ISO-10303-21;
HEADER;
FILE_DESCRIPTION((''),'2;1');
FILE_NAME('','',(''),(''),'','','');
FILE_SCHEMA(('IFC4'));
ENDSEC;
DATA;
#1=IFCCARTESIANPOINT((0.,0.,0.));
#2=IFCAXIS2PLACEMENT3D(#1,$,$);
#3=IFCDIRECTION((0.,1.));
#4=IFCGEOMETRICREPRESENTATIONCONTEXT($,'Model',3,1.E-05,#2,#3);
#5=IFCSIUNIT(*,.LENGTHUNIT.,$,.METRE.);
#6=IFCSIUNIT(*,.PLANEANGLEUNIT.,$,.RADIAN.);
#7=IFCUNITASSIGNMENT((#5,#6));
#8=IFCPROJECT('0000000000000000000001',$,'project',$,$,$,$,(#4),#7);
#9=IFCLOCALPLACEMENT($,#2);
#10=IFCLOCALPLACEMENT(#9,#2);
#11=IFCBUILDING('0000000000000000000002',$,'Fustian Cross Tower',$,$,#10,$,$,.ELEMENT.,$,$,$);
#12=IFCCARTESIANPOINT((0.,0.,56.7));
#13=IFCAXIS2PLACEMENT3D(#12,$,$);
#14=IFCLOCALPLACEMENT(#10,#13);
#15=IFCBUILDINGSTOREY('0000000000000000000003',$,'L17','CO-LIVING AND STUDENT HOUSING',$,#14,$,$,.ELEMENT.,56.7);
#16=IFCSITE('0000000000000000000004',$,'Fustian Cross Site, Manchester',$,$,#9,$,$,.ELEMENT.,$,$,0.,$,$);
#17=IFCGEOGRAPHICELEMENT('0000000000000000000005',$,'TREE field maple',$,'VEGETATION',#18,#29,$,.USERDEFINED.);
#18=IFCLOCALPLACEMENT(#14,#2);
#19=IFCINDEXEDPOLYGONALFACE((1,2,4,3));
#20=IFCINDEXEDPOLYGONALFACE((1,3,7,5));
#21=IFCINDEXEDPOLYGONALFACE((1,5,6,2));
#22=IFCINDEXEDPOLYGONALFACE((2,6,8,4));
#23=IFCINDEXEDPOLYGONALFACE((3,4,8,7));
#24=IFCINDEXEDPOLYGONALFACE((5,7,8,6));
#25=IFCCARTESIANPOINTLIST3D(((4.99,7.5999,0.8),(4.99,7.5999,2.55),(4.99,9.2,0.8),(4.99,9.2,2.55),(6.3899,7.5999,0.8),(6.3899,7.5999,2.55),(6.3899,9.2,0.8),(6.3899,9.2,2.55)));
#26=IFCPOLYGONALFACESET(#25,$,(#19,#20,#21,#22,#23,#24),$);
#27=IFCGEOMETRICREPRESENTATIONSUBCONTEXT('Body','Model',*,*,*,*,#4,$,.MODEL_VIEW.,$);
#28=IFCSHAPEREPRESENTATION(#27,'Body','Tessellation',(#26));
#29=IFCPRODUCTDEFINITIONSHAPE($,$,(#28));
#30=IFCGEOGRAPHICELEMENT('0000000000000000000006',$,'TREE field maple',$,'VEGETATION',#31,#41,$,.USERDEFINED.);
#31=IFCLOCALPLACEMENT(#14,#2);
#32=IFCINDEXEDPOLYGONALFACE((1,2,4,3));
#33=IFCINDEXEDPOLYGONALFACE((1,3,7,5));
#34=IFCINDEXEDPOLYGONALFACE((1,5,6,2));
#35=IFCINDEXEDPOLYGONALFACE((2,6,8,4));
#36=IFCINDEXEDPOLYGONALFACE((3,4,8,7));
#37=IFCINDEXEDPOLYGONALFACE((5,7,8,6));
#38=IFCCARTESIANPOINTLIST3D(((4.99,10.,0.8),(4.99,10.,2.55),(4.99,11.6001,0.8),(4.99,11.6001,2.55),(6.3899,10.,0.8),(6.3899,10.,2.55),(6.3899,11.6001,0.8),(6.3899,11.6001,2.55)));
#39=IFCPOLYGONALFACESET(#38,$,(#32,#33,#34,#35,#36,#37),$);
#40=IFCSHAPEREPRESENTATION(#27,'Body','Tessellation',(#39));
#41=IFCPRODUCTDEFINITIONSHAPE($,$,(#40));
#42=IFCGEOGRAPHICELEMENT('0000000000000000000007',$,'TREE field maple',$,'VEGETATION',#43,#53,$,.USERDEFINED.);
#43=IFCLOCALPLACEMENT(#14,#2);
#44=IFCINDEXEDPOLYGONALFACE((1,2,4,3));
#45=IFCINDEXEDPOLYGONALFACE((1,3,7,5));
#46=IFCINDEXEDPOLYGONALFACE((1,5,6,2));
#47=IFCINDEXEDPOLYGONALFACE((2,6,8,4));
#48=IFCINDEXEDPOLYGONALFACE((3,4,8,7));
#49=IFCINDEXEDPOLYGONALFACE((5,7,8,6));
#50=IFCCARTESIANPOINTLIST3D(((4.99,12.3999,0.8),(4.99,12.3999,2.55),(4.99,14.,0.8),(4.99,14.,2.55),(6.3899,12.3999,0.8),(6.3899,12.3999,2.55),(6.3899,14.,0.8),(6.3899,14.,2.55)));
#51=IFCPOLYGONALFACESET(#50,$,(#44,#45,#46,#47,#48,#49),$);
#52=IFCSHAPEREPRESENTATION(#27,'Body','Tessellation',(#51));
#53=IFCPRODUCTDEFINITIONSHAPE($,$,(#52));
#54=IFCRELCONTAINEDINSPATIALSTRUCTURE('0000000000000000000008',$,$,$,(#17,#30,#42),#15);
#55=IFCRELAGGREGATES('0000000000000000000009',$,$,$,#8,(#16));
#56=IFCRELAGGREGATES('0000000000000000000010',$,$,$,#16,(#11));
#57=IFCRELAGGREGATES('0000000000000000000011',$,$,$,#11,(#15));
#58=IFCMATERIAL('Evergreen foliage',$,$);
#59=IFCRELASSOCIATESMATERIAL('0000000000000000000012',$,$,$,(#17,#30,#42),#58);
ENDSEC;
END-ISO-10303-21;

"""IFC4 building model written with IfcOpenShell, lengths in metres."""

from ifc_helpers import new_model, si_unit, direction, frame, origin, origin_2d, place, context, subcontext, project, spatial, rectangle, extrude, material, element, save


model = new_model("IFC4")

# Units and contexts
model_context = context("Model", 3, precision=1e-05, world=origin(), true_north=direction((0.0, 1.0)))
body_context = subcontext(model_context, "Body", "Model", "MODEL_VIEW")
ifc_project = project(units=[si_unit("LENGTHUNIT", "METRE"), si_unit("PLANEANGLEUNIT", "RADIAN")], contexts=[model_context])

# Site, building, storey
site_placement = place(None, origin())
site = spatial("IfcSite", under=ifc_project, at=site_placement, Name="Fustian Cross Site, Manchester", CompositionType="ELEMENT", RefElevation=0.0)
building_placement = place(site_placement, origin())
building = spatial("IfcBuilding", under=site, at=building_placement, Name="Fustian Cross Tower", CompositionType="ELEMENT")
storey_placement = place(building_placement, frame((0.0, 0.0, 56.7)))
storey = spatial("IfcBuildingStorey", under=building, at=storey_placement, Name="L17", Description="CO-LIVING AND STUDENT HOUSING", CompositionType="ELEMENT", Elevation=56.7)

# Geographic elements
ifc_material_1 = material(Name="Evergreen foliage")
for number, where, z_axis, x_axis, name in (
    (1, (5.6899, 8.3999, 0.8), (0.0, 0.0, 1.0), (1.0, 0.0, 0.0), "TREE field maple"),
    (2, (5.6899, 10.8, 0.8), (0.0, 0.0, 1.0), (1.0, 0.0, 0.0), "TREE field maple"),
    (3, (5.6899, 13.2, 0.8), (0.0, 0.0, 1.0), (1.0, 0.0, 0.0), "TREE field maple"),
):
    element("IfcGeographicElement", number, at=place(storey_placement, frame(where, z_axis=z_axis, x_axis=x_axis)), inside=storey, material=ifc_material_1, Name=name, ObjectType="VEGETATION", PredefinedType="USERDEFINED", context=body_context, shape_type="SweptSolid", body=[
        extrude(rectangle(XDim=1.3999, YDim=1.6001, at=origin_2d()), origin(), (0.0, 0.0, 1.0), 1.75),
    ])

save(model, "model.ifc")
